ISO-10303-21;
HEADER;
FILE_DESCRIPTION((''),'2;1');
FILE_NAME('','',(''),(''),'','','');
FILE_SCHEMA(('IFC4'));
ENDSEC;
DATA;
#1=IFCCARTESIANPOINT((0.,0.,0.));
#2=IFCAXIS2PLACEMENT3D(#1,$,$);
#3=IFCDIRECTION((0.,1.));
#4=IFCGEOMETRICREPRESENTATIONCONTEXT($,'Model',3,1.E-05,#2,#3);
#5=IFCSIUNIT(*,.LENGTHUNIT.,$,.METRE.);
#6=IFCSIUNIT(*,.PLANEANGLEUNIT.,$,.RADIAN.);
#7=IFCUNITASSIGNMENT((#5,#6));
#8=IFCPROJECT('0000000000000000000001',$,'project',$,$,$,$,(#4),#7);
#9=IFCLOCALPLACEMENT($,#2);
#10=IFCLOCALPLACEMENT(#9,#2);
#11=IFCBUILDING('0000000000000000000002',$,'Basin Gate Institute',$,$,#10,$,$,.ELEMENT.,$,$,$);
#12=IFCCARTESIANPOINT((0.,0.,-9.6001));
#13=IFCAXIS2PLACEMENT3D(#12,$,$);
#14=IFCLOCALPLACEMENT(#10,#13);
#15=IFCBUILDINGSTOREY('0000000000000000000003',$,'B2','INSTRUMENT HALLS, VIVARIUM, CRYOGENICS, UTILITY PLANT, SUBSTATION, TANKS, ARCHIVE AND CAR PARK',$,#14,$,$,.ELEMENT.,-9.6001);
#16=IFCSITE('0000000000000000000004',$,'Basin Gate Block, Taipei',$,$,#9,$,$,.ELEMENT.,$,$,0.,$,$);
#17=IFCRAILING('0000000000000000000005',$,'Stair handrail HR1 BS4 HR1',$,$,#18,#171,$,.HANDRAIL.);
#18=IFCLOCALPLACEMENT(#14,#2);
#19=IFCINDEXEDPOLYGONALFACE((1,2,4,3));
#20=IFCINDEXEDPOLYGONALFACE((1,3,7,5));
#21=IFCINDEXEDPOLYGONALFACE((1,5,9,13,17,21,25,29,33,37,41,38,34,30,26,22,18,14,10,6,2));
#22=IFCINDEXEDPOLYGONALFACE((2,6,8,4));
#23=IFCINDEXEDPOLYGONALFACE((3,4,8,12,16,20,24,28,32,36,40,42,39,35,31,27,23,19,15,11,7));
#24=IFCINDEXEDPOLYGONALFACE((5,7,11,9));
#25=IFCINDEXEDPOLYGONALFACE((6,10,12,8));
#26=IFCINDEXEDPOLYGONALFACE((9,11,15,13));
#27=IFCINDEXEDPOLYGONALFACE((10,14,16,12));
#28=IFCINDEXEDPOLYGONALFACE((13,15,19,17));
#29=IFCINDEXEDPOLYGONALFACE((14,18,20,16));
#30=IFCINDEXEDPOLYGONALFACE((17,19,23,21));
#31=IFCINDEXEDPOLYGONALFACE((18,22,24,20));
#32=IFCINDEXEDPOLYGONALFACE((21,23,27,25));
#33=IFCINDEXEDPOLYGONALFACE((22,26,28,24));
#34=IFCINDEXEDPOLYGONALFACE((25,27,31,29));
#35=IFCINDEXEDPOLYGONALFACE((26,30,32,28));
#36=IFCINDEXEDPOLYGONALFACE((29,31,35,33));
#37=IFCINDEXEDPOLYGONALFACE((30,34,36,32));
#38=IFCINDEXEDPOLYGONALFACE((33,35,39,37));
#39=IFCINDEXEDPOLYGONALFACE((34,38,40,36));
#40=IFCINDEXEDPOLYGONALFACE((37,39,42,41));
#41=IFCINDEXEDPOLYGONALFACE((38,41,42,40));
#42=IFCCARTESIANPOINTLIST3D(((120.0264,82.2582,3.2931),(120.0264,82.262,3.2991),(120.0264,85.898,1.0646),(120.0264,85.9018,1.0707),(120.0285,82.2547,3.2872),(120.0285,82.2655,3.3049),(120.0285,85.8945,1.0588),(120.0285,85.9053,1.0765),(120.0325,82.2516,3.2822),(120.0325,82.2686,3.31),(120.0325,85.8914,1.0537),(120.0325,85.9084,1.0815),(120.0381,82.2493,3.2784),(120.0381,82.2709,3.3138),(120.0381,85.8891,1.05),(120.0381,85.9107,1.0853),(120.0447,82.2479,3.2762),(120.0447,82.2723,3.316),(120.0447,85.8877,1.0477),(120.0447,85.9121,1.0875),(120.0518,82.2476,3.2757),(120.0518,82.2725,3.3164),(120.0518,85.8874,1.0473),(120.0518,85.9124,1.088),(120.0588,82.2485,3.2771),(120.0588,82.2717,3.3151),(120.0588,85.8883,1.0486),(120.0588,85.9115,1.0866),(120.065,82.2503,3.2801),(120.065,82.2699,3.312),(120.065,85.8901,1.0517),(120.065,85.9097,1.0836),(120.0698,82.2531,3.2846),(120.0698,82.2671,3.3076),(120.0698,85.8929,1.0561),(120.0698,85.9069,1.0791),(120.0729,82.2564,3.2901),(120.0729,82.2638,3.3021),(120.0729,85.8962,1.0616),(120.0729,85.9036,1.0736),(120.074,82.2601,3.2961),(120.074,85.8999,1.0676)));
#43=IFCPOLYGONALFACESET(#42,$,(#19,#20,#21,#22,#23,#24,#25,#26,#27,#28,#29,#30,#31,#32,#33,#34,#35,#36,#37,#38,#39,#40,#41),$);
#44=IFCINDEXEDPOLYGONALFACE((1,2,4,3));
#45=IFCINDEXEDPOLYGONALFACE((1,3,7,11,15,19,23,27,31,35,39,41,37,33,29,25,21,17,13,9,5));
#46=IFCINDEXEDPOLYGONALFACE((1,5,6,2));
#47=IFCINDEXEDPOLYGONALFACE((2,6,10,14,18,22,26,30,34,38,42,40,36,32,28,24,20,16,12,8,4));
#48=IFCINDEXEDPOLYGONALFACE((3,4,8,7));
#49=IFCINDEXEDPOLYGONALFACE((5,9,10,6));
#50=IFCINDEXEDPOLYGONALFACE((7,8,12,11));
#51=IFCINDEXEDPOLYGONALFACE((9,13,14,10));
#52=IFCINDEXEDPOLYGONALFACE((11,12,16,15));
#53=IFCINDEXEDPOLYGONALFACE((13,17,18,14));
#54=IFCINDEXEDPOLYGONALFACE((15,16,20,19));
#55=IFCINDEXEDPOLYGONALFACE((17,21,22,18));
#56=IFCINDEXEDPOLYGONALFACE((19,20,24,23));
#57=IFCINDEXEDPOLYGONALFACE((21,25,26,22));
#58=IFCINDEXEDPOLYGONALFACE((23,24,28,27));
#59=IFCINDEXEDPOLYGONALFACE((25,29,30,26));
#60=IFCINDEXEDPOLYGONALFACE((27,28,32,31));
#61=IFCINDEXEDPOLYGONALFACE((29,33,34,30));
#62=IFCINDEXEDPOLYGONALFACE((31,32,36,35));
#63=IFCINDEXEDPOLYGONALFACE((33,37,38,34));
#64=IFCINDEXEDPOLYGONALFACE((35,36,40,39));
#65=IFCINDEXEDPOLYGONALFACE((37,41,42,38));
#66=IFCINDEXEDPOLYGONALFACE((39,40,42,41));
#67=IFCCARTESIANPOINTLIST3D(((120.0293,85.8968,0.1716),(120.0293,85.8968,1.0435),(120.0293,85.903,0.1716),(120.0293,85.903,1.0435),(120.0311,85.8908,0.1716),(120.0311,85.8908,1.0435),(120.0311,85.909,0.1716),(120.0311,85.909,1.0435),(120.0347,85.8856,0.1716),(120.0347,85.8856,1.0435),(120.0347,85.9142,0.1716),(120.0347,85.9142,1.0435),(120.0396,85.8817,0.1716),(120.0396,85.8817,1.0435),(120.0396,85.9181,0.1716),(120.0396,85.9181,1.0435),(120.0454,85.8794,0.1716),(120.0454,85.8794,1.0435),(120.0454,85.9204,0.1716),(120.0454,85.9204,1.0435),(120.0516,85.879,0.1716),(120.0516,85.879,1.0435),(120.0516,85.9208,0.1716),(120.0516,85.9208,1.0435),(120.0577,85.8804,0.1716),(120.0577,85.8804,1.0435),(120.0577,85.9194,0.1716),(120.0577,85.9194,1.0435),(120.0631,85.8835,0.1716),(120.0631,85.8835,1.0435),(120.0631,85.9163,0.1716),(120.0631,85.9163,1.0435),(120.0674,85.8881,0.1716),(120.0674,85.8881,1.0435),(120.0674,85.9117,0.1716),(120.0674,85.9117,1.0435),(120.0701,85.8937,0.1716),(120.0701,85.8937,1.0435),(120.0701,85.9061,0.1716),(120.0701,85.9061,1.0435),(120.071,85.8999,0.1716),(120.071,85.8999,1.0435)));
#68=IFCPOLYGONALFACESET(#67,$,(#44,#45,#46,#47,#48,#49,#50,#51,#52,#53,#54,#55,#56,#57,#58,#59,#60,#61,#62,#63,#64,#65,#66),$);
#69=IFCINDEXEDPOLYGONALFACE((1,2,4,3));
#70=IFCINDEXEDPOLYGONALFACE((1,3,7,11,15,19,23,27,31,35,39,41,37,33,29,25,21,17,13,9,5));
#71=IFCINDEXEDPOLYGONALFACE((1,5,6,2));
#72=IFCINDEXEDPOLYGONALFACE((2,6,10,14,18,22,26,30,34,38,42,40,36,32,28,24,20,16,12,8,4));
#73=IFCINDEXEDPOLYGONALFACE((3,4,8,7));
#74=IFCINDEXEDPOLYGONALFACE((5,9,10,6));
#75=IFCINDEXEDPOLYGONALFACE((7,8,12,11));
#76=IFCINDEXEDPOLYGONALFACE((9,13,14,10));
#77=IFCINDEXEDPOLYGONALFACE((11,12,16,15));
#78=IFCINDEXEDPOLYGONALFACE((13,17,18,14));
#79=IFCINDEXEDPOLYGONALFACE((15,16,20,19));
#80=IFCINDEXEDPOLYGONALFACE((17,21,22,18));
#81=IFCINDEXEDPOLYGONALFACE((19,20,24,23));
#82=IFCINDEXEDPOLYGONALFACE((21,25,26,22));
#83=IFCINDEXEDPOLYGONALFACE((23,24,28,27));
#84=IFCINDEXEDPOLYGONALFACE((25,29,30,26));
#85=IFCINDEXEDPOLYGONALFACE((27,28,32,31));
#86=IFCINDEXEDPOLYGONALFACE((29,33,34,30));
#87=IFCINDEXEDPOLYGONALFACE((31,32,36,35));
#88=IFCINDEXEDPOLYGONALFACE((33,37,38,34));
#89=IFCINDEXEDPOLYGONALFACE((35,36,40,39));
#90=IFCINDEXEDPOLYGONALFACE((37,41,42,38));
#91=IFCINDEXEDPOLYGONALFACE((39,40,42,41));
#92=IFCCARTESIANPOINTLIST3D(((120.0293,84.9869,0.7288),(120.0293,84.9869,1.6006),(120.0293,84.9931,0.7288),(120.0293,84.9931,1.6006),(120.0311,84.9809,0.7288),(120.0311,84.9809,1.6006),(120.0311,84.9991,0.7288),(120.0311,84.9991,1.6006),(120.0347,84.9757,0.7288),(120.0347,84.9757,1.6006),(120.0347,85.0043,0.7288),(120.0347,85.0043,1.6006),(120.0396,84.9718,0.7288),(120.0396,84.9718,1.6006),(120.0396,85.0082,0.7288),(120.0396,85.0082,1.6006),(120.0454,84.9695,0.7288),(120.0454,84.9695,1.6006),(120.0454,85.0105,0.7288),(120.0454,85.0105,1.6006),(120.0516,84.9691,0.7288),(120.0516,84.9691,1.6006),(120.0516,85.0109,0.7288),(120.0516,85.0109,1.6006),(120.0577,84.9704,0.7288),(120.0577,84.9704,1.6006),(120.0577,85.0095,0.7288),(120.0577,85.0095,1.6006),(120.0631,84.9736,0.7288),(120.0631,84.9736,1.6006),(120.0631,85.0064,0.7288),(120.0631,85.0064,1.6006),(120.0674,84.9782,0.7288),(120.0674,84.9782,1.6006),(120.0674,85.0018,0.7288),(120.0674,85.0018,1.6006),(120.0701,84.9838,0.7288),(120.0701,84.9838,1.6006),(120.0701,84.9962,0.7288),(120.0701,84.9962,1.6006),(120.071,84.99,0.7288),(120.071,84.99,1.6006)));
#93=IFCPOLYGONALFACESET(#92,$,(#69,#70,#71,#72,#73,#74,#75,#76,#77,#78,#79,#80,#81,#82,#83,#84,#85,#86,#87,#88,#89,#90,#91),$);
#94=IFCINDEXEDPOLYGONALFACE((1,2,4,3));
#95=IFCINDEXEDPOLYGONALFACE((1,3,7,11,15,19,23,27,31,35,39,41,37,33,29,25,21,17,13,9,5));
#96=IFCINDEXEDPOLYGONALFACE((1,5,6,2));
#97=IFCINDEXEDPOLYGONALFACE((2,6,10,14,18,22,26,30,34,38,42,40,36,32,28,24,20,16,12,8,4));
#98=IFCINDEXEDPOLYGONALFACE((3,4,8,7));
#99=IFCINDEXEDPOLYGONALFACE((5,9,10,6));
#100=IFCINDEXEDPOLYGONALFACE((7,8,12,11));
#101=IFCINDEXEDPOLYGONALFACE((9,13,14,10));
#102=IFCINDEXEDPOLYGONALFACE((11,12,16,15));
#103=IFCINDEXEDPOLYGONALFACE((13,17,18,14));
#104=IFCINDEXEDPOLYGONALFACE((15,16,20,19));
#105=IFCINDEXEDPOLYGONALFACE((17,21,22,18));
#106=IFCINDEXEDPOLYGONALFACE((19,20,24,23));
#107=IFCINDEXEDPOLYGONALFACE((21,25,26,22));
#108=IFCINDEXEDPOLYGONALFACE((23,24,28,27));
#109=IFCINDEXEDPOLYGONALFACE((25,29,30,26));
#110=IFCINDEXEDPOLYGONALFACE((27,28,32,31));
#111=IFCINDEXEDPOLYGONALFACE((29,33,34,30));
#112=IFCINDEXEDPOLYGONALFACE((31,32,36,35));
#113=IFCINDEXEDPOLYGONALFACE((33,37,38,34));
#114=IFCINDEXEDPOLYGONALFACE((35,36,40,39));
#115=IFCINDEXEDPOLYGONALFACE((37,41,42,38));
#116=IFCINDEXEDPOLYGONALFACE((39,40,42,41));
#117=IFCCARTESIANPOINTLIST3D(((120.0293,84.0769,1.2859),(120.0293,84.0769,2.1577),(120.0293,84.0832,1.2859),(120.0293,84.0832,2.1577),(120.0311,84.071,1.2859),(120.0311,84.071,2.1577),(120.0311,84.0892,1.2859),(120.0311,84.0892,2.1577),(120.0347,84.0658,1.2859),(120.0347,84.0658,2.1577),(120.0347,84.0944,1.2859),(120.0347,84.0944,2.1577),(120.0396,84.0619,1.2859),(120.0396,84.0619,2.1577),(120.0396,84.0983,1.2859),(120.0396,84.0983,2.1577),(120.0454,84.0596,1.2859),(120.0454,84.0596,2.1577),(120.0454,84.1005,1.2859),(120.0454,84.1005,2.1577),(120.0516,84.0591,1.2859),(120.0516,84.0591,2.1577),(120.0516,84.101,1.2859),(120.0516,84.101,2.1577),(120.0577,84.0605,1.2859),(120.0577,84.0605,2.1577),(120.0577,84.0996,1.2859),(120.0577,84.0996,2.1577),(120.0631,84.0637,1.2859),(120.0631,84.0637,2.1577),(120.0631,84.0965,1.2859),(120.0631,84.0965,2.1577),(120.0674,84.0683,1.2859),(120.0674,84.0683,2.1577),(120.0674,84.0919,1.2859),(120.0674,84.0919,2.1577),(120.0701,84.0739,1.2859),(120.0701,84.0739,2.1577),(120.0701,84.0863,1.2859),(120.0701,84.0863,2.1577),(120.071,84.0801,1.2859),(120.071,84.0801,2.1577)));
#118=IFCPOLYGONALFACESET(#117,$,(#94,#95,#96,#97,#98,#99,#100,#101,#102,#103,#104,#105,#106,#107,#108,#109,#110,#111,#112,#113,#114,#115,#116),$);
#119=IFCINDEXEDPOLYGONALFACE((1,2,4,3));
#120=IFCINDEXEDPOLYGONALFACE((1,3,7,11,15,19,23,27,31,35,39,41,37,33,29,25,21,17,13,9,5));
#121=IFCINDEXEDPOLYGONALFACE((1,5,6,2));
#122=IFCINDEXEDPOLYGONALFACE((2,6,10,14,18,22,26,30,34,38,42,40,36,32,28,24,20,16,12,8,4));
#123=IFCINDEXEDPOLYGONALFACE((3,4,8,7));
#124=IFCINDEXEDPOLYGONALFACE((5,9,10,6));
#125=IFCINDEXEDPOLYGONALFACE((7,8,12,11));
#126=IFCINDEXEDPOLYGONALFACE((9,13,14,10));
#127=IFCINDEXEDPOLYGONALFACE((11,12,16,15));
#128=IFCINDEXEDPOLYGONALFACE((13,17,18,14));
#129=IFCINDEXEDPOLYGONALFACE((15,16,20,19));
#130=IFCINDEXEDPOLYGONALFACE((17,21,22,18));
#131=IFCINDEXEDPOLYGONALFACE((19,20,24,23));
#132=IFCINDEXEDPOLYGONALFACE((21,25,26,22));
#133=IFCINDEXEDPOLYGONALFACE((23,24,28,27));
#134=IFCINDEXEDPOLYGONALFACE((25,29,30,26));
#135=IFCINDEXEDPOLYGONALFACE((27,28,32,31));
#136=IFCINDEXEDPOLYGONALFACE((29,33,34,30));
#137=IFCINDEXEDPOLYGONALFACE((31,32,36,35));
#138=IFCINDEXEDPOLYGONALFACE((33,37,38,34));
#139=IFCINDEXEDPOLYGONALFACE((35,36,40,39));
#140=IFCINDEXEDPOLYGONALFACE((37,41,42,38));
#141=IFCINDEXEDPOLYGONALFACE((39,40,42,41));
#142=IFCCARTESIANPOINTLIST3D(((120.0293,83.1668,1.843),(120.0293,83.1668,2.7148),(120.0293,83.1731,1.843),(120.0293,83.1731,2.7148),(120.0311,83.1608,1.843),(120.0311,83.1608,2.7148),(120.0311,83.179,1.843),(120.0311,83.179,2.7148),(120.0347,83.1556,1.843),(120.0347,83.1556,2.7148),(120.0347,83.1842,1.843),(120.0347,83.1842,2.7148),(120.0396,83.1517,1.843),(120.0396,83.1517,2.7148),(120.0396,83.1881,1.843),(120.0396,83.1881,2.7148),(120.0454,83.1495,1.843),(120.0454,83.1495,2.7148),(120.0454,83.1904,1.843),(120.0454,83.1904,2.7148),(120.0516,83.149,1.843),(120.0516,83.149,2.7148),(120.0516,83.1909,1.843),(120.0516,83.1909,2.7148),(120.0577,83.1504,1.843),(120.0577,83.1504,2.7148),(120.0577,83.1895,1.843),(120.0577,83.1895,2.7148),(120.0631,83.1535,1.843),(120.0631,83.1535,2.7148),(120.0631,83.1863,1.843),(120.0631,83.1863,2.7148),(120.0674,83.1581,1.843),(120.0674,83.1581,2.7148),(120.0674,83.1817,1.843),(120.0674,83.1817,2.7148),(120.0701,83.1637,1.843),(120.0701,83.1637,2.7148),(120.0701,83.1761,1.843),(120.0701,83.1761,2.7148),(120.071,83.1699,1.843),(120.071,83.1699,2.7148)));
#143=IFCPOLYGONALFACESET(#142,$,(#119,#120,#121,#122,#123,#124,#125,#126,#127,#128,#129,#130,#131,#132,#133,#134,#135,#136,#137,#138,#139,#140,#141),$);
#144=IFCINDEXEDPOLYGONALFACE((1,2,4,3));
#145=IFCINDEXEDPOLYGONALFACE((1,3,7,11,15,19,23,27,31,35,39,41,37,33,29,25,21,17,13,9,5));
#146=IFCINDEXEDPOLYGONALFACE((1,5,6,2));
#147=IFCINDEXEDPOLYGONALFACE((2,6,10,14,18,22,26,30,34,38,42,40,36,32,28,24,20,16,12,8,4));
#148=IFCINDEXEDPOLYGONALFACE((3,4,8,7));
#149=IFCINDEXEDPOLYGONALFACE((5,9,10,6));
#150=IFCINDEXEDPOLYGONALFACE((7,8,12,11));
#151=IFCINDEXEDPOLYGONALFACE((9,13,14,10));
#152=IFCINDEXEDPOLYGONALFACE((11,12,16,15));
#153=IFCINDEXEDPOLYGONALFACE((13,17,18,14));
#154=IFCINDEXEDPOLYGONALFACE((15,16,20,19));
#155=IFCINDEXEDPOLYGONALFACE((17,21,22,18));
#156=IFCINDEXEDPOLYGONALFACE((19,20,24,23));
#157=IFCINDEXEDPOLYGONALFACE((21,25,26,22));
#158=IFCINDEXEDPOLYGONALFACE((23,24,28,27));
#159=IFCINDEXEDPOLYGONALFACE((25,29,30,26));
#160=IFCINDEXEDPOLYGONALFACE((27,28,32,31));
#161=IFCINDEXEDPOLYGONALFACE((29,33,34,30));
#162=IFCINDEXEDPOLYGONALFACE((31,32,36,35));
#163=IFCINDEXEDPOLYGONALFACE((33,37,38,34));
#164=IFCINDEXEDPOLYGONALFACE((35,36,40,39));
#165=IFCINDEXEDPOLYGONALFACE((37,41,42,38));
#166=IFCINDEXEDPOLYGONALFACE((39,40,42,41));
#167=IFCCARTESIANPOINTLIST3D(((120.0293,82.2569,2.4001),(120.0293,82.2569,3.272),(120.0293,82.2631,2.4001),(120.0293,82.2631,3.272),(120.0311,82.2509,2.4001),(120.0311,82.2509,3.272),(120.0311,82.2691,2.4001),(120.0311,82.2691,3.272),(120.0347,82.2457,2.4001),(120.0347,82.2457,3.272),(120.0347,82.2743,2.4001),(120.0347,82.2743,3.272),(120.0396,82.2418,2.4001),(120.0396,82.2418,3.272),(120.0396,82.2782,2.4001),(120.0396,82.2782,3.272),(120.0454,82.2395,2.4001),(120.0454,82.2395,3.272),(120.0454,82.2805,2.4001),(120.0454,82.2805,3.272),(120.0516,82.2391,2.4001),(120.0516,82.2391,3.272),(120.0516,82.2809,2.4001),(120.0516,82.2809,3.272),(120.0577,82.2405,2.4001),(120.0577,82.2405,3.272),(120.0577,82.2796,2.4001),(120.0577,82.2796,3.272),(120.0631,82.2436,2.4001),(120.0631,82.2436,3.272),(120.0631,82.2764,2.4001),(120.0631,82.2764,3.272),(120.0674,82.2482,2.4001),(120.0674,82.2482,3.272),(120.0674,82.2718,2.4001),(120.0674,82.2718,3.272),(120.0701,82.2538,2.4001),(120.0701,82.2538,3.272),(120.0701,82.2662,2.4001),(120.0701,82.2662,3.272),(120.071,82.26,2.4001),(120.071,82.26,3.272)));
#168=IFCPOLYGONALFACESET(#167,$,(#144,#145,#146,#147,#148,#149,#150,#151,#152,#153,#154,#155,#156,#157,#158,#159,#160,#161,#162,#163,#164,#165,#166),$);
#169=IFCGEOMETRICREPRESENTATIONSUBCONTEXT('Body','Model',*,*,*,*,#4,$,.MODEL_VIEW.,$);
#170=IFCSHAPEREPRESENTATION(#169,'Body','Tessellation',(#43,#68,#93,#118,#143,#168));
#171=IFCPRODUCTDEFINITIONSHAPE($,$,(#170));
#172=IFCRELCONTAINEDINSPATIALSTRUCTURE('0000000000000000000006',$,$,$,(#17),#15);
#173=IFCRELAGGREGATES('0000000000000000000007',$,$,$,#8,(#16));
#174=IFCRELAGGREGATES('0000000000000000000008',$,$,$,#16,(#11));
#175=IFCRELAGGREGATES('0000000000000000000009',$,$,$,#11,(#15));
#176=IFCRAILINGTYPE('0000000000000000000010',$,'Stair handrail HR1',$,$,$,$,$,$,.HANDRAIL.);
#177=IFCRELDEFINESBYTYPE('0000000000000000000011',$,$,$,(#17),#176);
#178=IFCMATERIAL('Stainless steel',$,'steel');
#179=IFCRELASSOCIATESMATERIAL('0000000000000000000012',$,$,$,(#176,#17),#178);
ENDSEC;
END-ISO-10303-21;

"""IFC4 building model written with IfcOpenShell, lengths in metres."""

from ifc_helpers import new_model, si_unit, direction, frame, origin, origin_2d, place, context, subcontext, project, spatial, circle, extrude, material, type_object, element, save


model = new_model("IFC4")

# Units and contexts
model_context = context("Model", 3, precision=1e-05, world=origin(), true_north=direction((0.0, 1.0)))
body_context = subcontext(model_context, "Body", "Model", "MODEL_VIEW")
ifc_project = project(units=[si_unit("LENGTHUNIT", "METRE"), si_unit("PLANEANGLEUNIT", "RADIAN")], contexts=[model_context])

# Site, building, storey
site_placement = place(None, origin())
site = spatial("IfcSite", under=ifc_project, at=site_placement, Name="Basin Gate Block, Taipei", CompositionType="ELEMENT", RefElevation=0.0)
building_placement = place(site_placement, origin())
building = spatial("IfcBuilding", under=site, at=building_placement, Name="Basin Gate Institute", CompositionType="ELEMENT")
storey_placement = place(building_placement, frame((0.0, 0.0, -9.6001)))
storey = spatial("IfcBuildingStorey", under=building, at=storey_placement, Name="B2", Description="INSTRUMENT HALLS, VIVARIUM, CRYOGENICS, UTILITY PLANT, SUBSTATION, TANKS, ARCHIVE AND CAR PARK", CompositionType="ELEMENT", Elevation=-9.6001)

# Railing
ifc_material_1 = material(Name="Stainless steel", Category="steel")
railing_type_1 = type_object("IfcRailingType", Name="Stair handrail HR1", PredefinedType="HANDRAIL", material=ifc_material_1)
for number, where, name in (
    (1, (120.05, 85.8999, 0.1716), "Stair handrail HR1 BS4 HR1"),
):
    element("IfcRailing", number, at=place(storey_placement, frame(where)), inside=storey, type_object=railing_type_1, material=ifc_material_1, Name=name, PredefinedType="HANDRAIL", context=body_context, shape_type="SweptSolid", body=[
        extrude(circle(Radius=0.0239, at=origin_2d()), frame((0.0, 0.0, 0.896), z_axis=(0.0, -0.85285, 0.522156), x_axis=(1.0, 0.0, 0.0)), (0.0, 0.0, 1.0), 4.2678),
        extrude(circle(Radius=0.021, at=origin_2d()), origin(), (0.0, 0.0, 1.0), 0.8718),
        extrude(circle(Radius=0.021, at=origin_2d()), frame((0.0, -0.9099, 0.5571)), (0.0, 0.0, 1.0), 0.8718),
        extrude(circle(Radius=0.021, at=origin_2d()), frame((0.0, -1.8198, 1.1143)), (0.0, 0.0, 1.0), 0.8718),
        extrude(circle(Radius=0.021, at=origin_2d()), frame((0.0, -2.73, 1.6714)), (0.0, 0.0, 1.0), 0.8718),
        extrude(circle(Radius=0.021, at=origin_2d()), frame((0.0, -3.6399, 2.2285)), (0.0, 0.0, 1.0), 0.8718),
    ])

save(model, "model.ifc")
